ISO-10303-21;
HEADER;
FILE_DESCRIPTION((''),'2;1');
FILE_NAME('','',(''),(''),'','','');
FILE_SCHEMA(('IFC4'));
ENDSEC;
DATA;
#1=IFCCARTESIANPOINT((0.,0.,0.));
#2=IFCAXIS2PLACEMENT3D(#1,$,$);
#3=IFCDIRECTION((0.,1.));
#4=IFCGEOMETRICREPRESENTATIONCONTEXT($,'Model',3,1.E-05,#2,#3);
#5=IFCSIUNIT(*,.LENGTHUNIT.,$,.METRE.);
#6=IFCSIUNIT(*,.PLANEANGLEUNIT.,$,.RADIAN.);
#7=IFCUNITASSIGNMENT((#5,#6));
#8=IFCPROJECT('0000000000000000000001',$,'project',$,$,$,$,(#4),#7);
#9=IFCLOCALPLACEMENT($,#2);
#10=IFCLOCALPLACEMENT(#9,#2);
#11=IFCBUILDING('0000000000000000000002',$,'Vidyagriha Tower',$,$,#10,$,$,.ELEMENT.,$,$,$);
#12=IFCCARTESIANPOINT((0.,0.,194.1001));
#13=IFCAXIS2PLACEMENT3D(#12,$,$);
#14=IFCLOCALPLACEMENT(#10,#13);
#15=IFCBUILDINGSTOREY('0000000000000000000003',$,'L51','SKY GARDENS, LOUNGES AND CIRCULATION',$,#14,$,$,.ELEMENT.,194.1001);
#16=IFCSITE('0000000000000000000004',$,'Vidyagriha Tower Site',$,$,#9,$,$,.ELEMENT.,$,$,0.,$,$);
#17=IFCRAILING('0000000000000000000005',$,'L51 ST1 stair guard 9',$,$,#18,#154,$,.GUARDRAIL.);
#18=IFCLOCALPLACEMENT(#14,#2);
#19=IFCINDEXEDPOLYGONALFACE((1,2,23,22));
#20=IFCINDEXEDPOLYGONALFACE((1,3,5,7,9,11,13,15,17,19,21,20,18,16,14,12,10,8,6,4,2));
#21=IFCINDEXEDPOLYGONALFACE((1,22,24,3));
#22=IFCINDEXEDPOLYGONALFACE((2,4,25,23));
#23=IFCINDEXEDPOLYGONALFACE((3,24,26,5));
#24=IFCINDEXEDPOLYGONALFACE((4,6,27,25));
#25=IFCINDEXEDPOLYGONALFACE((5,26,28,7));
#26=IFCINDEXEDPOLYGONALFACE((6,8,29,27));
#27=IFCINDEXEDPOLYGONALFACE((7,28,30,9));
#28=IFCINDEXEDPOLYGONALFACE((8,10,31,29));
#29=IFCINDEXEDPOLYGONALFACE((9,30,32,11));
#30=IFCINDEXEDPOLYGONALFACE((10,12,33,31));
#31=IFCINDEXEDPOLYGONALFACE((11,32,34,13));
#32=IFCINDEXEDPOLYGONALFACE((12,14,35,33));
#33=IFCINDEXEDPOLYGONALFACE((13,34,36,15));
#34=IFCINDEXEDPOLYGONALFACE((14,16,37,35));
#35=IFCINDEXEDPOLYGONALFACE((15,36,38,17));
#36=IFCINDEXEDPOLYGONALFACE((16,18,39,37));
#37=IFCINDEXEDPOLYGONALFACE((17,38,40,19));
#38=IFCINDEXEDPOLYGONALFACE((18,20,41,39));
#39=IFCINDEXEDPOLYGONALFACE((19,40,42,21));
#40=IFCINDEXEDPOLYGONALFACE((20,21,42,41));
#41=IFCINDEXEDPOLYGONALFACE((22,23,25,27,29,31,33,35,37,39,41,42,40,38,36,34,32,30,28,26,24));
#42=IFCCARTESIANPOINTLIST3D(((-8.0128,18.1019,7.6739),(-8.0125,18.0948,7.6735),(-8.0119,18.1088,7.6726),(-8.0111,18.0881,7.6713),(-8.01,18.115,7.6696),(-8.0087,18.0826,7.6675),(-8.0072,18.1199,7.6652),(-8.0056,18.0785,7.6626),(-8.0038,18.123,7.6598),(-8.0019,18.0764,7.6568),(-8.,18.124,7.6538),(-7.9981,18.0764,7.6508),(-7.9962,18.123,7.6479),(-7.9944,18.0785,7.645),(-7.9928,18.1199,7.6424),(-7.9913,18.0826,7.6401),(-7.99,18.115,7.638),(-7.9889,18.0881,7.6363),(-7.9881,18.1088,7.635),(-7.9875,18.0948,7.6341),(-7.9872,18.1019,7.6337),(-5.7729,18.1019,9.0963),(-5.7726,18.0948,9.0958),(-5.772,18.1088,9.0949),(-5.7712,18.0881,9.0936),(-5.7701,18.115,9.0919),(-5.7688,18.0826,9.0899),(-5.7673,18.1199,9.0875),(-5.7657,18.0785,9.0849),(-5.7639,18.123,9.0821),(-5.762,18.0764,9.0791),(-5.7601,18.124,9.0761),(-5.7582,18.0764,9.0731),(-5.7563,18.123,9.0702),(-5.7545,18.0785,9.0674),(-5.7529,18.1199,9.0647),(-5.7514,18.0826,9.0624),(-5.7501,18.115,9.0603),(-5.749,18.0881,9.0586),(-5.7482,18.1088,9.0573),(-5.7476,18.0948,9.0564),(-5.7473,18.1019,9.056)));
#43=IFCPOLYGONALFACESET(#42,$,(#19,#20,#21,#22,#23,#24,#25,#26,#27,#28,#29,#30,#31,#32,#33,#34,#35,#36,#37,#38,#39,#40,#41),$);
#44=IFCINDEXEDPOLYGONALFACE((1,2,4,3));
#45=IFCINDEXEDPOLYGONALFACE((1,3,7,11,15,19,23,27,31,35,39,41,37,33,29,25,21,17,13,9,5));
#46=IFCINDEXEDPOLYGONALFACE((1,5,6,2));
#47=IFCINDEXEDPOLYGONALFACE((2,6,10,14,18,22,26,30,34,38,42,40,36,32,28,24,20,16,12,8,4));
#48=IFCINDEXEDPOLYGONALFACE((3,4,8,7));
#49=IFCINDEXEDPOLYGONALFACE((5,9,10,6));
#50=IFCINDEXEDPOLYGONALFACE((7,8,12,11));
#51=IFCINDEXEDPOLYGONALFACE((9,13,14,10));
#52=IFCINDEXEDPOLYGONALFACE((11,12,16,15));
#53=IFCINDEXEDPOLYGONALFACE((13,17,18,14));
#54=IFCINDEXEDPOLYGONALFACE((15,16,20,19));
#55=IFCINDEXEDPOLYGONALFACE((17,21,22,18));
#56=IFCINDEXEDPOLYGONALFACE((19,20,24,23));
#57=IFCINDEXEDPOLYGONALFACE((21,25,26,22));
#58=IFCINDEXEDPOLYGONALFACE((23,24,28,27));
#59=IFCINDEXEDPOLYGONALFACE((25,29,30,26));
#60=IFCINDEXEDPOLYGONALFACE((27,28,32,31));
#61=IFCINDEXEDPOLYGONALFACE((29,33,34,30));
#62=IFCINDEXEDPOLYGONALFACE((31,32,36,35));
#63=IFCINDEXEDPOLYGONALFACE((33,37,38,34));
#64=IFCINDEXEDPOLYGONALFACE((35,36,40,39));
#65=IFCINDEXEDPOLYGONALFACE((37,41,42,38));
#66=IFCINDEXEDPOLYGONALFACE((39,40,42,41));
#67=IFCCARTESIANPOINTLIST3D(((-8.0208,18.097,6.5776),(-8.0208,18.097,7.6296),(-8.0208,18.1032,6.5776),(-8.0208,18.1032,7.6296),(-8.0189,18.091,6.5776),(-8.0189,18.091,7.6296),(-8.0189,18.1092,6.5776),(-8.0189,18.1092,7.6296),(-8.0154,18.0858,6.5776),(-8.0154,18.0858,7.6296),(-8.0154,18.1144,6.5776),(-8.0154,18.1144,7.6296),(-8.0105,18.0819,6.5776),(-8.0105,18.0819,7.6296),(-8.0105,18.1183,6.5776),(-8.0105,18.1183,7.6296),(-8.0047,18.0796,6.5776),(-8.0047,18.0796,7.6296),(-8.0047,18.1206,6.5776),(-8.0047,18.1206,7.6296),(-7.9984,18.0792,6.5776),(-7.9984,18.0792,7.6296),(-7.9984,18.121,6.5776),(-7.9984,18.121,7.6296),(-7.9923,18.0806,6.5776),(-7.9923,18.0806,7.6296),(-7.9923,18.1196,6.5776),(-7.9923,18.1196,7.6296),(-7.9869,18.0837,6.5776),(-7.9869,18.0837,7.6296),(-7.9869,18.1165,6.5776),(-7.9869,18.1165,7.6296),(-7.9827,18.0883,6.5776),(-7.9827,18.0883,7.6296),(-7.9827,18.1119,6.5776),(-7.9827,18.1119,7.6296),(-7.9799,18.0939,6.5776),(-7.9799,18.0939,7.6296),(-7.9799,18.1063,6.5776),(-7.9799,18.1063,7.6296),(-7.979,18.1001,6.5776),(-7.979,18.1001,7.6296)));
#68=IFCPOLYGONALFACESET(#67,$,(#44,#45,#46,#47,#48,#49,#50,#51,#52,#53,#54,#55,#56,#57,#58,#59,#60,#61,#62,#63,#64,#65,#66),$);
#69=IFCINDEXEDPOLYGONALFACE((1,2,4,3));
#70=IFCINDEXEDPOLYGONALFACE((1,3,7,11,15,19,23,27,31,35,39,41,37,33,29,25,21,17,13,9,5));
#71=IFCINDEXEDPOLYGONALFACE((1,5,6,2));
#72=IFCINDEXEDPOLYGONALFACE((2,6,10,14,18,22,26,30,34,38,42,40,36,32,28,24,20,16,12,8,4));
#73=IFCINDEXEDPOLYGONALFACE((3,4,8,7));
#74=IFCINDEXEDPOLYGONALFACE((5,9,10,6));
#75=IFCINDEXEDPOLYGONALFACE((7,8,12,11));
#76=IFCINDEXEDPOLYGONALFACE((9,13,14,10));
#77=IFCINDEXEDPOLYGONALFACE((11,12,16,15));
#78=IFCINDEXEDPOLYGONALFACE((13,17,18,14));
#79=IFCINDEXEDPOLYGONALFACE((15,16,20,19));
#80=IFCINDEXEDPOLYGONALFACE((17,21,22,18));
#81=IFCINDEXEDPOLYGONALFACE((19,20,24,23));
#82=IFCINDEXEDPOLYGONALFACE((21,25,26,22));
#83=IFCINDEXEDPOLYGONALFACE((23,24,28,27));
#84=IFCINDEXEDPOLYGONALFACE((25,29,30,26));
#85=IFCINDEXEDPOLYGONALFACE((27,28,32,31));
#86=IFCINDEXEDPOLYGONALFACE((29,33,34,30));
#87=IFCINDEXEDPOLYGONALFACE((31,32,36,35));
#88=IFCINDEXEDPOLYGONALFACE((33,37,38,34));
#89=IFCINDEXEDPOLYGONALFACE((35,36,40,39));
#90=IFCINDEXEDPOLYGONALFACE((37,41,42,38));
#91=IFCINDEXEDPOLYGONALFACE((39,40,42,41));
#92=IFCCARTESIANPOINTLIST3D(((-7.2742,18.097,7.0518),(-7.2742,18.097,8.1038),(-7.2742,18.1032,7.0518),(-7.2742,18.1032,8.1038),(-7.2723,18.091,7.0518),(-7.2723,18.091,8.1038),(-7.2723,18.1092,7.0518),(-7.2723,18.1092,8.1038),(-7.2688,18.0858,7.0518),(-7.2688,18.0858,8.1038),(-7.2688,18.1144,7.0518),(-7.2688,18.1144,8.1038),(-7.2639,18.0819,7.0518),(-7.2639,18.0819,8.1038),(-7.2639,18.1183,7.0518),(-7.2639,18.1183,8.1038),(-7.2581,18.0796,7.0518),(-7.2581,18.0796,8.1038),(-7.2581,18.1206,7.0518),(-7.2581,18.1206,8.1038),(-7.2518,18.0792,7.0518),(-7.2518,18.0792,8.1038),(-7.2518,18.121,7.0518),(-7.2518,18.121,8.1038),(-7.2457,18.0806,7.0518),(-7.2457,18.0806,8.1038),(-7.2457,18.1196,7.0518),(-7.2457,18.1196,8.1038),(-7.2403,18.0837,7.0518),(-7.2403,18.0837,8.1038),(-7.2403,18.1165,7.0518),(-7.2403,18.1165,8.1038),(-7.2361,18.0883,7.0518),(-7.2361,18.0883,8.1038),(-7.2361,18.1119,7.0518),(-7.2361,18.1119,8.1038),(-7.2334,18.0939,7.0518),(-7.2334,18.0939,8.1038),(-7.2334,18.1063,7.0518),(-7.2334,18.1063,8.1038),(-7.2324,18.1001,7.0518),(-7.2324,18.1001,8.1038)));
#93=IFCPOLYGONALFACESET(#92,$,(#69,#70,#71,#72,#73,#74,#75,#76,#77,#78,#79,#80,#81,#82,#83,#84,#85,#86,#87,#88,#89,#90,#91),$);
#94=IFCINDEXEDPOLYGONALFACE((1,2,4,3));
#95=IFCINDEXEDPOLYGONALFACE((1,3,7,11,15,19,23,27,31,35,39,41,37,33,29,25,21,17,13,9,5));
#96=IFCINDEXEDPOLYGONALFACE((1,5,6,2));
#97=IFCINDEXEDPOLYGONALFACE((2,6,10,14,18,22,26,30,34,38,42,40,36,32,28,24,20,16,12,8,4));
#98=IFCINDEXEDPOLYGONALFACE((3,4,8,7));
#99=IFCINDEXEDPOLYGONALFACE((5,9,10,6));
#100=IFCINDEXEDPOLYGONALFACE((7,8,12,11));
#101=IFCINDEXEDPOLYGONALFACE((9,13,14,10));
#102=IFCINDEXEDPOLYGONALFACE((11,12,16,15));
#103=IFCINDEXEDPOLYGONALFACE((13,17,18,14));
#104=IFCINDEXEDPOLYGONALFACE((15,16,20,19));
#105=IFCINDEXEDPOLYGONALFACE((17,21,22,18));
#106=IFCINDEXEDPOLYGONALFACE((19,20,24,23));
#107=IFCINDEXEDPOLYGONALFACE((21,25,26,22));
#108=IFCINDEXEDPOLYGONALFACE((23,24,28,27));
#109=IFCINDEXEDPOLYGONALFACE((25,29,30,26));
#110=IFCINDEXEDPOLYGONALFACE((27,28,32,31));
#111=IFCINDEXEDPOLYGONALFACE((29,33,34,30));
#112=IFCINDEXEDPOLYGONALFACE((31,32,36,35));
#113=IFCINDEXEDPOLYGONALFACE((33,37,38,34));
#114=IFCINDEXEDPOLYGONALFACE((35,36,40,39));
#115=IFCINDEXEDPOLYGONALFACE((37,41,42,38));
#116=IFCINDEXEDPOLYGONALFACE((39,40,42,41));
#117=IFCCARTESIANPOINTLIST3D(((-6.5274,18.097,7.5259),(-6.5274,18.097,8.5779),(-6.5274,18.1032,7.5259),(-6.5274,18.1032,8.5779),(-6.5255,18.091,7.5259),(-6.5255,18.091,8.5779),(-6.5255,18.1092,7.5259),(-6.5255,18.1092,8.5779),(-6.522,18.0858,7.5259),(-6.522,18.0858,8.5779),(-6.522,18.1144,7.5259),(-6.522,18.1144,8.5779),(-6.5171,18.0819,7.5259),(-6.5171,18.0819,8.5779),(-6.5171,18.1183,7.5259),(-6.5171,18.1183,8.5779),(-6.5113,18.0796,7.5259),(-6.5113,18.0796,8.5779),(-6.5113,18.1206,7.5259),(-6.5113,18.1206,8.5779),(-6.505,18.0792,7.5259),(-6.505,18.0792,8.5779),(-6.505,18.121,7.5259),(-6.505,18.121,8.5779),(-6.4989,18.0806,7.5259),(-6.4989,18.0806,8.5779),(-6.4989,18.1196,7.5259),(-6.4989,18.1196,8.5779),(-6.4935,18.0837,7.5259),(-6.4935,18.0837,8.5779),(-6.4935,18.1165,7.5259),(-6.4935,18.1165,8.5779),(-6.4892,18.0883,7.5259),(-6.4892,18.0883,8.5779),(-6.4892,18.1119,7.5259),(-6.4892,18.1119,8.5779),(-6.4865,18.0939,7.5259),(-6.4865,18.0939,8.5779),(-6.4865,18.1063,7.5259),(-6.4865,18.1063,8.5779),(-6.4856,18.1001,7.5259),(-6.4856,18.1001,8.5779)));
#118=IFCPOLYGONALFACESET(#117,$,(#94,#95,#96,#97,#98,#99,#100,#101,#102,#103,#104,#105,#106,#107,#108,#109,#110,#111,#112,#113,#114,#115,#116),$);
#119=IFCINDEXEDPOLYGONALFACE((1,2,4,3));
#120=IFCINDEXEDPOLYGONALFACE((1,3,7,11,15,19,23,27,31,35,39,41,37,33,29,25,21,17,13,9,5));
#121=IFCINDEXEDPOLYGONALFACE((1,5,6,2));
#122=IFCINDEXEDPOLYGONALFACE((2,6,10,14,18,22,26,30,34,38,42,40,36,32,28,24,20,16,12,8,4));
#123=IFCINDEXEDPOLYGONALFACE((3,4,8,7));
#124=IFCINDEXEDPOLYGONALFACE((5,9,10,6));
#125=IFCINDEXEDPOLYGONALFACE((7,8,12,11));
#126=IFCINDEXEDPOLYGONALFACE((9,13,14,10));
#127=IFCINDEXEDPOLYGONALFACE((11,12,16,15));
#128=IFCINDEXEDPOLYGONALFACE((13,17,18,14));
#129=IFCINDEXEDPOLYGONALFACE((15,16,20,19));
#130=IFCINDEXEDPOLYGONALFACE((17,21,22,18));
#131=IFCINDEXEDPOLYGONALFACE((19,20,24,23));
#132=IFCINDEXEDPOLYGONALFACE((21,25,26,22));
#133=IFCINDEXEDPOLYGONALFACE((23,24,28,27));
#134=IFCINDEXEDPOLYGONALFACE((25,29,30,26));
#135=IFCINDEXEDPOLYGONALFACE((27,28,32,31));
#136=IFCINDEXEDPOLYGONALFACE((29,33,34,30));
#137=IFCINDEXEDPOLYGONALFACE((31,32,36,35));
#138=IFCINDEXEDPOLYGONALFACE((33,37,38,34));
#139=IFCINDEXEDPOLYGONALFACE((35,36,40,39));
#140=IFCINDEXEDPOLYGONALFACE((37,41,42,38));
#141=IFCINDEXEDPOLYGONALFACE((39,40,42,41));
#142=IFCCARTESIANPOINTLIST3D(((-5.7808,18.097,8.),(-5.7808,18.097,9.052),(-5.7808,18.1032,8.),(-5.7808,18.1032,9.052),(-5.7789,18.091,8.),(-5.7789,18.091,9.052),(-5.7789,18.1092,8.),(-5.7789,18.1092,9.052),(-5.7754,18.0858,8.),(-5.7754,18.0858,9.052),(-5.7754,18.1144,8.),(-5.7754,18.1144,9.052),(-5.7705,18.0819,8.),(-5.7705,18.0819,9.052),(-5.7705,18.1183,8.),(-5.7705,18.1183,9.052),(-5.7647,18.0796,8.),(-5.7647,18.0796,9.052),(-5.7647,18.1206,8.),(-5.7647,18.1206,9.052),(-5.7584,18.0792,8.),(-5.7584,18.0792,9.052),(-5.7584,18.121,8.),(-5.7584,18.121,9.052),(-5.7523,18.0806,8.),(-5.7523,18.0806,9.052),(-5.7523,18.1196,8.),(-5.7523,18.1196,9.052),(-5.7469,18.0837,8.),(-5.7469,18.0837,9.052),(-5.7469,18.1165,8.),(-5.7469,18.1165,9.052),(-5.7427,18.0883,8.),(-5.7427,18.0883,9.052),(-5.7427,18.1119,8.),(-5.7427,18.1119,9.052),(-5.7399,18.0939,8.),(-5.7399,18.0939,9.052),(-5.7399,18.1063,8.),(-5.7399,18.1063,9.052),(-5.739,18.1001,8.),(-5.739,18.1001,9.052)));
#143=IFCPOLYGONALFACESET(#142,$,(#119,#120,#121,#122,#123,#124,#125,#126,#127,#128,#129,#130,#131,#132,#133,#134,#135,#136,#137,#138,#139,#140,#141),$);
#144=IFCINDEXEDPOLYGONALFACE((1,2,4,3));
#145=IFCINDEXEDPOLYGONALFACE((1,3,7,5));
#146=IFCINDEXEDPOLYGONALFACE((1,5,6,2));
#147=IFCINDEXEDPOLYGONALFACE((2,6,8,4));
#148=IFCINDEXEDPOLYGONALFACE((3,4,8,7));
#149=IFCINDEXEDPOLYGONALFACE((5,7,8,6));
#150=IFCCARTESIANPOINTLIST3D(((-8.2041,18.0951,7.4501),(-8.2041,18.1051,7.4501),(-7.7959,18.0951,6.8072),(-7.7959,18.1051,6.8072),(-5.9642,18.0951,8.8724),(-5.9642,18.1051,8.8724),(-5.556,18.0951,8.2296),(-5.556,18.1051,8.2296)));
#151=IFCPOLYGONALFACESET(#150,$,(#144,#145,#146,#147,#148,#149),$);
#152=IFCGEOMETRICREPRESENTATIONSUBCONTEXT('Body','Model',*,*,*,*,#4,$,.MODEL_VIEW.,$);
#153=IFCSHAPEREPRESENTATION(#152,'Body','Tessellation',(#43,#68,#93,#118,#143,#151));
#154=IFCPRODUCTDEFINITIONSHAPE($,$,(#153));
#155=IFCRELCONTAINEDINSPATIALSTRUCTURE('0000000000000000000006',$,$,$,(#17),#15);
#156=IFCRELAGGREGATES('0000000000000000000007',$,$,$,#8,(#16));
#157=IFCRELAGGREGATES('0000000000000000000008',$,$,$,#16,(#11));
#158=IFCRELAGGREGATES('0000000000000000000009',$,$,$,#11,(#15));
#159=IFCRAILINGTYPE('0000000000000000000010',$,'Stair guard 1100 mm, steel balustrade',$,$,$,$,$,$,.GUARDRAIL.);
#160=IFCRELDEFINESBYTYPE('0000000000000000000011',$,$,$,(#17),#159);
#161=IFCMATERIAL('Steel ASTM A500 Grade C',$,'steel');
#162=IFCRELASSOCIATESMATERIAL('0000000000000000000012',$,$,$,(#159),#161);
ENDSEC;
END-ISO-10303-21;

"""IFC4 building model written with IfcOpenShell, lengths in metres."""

from ifc_helpers import new_model, si_unit, direction, frame, origin, origin_2d, place, context, subcontext, project, spatial, rectangle, circle, extrude, material, type_object, element, save


model = new_model("IFC4")

# Units and contexts
model_context = context("Model", 3, precision=1e-05, world=origin(), true_north=direction((0.0, 1.0)))
body_context = subcontext(model_context, "Body", "Model", "MODEL_VIEW")
ifc_project = project(units=[si_unit("LENGTHUNIT", "METRE"), si_unit("PLANEANGLEUNIT", "RADIAN")], contexts=[model_context])

# Site, building, storey
site_placement = place(None, origin())
site = spatial("IfcSite", under=ifc_project, at=site_placement, Name="Vidyagriha Tower Site", CompositionType="ELEMENT", RefElevation=0.0)
building_placement = place(site_placement, origin())
building = spatial("IfcBuilding", under=site, at=building_placement, Name="Vidyagriha Tower", CompositionType="ELEMENT")
storey_placement = place(building_placement, frame((0.0, 0.0, 194.1001)))
storey = spatial("IfcBuildingStorey", under=building, at=storey_placement, Name="L51", Description="SKY GARDENS, LOUNGES AND CIRCULATION", CompositionType="ELEMENT", Elevation=194.1001)

# Railing
ifc_material_1 = material(Name="Steel ASTM A500 Grade C", Category="steel")
railing_type_1 = type_object("IfcRailingType", Name="Stair guard 1100 mm, steel balustrade", PredefinedType="GUARDRAIL", material=ifc_material_1)
railing_1_placement = place(storey_placement, frame((-8.0, 18.1001, 6.5776)))
element("IfcRailing", 1, at=railing_1_placement, inside=storey, type_object=railing_type_1, Name="L51 ST1 stair guard 9", PredefinedType="GUARDRAIL", context=body_context, shape_type="SweptSolid", body=[
    extrude(circle(Radius=0.0239, at=origin_2d()), frame((0.0, 0.0, 1.0762), z_axis=(0.844188, 0.0, 0.536048), x_axis=(0.0, 1.0, 0.0)), (0.0, 0.0, 1.0), 2.6533),
    extrude(circle(Radius=0.021, at=origin_2d()), origin(), (0.0, 0.0, 1.0), 1.052),
    extrude(circle(Radius=0.021, at=origin_2d()), frame((0.7466, 0.0, 0.4741)), (0.0, 0.0, 1.0), 1.052),
    extrude(circle(Radius=0.021, at=origin_2d()), frame((1.4934, 0.0, 0.9482)), (0.0, 0.0, 1.0), 1.052),
    extrude(circle(Radius=0.021, at=origin_2d()), frame((2.24, 0.0, 1.4224)), (0.0, 0.0, 1.0), 1.052),
    extrude(rectangle(XDim=0.01, YDim=0.7615, at=origin_2d()), frame((0.0, 0.0, 0.551), z_axis=(0.844188, 0.0, 0.536048), x_axis=(0.0, 1.0, 0.0)), (0.0, 0.0, 1.0), 2.6533),
])

save(model, "model.ifc")
